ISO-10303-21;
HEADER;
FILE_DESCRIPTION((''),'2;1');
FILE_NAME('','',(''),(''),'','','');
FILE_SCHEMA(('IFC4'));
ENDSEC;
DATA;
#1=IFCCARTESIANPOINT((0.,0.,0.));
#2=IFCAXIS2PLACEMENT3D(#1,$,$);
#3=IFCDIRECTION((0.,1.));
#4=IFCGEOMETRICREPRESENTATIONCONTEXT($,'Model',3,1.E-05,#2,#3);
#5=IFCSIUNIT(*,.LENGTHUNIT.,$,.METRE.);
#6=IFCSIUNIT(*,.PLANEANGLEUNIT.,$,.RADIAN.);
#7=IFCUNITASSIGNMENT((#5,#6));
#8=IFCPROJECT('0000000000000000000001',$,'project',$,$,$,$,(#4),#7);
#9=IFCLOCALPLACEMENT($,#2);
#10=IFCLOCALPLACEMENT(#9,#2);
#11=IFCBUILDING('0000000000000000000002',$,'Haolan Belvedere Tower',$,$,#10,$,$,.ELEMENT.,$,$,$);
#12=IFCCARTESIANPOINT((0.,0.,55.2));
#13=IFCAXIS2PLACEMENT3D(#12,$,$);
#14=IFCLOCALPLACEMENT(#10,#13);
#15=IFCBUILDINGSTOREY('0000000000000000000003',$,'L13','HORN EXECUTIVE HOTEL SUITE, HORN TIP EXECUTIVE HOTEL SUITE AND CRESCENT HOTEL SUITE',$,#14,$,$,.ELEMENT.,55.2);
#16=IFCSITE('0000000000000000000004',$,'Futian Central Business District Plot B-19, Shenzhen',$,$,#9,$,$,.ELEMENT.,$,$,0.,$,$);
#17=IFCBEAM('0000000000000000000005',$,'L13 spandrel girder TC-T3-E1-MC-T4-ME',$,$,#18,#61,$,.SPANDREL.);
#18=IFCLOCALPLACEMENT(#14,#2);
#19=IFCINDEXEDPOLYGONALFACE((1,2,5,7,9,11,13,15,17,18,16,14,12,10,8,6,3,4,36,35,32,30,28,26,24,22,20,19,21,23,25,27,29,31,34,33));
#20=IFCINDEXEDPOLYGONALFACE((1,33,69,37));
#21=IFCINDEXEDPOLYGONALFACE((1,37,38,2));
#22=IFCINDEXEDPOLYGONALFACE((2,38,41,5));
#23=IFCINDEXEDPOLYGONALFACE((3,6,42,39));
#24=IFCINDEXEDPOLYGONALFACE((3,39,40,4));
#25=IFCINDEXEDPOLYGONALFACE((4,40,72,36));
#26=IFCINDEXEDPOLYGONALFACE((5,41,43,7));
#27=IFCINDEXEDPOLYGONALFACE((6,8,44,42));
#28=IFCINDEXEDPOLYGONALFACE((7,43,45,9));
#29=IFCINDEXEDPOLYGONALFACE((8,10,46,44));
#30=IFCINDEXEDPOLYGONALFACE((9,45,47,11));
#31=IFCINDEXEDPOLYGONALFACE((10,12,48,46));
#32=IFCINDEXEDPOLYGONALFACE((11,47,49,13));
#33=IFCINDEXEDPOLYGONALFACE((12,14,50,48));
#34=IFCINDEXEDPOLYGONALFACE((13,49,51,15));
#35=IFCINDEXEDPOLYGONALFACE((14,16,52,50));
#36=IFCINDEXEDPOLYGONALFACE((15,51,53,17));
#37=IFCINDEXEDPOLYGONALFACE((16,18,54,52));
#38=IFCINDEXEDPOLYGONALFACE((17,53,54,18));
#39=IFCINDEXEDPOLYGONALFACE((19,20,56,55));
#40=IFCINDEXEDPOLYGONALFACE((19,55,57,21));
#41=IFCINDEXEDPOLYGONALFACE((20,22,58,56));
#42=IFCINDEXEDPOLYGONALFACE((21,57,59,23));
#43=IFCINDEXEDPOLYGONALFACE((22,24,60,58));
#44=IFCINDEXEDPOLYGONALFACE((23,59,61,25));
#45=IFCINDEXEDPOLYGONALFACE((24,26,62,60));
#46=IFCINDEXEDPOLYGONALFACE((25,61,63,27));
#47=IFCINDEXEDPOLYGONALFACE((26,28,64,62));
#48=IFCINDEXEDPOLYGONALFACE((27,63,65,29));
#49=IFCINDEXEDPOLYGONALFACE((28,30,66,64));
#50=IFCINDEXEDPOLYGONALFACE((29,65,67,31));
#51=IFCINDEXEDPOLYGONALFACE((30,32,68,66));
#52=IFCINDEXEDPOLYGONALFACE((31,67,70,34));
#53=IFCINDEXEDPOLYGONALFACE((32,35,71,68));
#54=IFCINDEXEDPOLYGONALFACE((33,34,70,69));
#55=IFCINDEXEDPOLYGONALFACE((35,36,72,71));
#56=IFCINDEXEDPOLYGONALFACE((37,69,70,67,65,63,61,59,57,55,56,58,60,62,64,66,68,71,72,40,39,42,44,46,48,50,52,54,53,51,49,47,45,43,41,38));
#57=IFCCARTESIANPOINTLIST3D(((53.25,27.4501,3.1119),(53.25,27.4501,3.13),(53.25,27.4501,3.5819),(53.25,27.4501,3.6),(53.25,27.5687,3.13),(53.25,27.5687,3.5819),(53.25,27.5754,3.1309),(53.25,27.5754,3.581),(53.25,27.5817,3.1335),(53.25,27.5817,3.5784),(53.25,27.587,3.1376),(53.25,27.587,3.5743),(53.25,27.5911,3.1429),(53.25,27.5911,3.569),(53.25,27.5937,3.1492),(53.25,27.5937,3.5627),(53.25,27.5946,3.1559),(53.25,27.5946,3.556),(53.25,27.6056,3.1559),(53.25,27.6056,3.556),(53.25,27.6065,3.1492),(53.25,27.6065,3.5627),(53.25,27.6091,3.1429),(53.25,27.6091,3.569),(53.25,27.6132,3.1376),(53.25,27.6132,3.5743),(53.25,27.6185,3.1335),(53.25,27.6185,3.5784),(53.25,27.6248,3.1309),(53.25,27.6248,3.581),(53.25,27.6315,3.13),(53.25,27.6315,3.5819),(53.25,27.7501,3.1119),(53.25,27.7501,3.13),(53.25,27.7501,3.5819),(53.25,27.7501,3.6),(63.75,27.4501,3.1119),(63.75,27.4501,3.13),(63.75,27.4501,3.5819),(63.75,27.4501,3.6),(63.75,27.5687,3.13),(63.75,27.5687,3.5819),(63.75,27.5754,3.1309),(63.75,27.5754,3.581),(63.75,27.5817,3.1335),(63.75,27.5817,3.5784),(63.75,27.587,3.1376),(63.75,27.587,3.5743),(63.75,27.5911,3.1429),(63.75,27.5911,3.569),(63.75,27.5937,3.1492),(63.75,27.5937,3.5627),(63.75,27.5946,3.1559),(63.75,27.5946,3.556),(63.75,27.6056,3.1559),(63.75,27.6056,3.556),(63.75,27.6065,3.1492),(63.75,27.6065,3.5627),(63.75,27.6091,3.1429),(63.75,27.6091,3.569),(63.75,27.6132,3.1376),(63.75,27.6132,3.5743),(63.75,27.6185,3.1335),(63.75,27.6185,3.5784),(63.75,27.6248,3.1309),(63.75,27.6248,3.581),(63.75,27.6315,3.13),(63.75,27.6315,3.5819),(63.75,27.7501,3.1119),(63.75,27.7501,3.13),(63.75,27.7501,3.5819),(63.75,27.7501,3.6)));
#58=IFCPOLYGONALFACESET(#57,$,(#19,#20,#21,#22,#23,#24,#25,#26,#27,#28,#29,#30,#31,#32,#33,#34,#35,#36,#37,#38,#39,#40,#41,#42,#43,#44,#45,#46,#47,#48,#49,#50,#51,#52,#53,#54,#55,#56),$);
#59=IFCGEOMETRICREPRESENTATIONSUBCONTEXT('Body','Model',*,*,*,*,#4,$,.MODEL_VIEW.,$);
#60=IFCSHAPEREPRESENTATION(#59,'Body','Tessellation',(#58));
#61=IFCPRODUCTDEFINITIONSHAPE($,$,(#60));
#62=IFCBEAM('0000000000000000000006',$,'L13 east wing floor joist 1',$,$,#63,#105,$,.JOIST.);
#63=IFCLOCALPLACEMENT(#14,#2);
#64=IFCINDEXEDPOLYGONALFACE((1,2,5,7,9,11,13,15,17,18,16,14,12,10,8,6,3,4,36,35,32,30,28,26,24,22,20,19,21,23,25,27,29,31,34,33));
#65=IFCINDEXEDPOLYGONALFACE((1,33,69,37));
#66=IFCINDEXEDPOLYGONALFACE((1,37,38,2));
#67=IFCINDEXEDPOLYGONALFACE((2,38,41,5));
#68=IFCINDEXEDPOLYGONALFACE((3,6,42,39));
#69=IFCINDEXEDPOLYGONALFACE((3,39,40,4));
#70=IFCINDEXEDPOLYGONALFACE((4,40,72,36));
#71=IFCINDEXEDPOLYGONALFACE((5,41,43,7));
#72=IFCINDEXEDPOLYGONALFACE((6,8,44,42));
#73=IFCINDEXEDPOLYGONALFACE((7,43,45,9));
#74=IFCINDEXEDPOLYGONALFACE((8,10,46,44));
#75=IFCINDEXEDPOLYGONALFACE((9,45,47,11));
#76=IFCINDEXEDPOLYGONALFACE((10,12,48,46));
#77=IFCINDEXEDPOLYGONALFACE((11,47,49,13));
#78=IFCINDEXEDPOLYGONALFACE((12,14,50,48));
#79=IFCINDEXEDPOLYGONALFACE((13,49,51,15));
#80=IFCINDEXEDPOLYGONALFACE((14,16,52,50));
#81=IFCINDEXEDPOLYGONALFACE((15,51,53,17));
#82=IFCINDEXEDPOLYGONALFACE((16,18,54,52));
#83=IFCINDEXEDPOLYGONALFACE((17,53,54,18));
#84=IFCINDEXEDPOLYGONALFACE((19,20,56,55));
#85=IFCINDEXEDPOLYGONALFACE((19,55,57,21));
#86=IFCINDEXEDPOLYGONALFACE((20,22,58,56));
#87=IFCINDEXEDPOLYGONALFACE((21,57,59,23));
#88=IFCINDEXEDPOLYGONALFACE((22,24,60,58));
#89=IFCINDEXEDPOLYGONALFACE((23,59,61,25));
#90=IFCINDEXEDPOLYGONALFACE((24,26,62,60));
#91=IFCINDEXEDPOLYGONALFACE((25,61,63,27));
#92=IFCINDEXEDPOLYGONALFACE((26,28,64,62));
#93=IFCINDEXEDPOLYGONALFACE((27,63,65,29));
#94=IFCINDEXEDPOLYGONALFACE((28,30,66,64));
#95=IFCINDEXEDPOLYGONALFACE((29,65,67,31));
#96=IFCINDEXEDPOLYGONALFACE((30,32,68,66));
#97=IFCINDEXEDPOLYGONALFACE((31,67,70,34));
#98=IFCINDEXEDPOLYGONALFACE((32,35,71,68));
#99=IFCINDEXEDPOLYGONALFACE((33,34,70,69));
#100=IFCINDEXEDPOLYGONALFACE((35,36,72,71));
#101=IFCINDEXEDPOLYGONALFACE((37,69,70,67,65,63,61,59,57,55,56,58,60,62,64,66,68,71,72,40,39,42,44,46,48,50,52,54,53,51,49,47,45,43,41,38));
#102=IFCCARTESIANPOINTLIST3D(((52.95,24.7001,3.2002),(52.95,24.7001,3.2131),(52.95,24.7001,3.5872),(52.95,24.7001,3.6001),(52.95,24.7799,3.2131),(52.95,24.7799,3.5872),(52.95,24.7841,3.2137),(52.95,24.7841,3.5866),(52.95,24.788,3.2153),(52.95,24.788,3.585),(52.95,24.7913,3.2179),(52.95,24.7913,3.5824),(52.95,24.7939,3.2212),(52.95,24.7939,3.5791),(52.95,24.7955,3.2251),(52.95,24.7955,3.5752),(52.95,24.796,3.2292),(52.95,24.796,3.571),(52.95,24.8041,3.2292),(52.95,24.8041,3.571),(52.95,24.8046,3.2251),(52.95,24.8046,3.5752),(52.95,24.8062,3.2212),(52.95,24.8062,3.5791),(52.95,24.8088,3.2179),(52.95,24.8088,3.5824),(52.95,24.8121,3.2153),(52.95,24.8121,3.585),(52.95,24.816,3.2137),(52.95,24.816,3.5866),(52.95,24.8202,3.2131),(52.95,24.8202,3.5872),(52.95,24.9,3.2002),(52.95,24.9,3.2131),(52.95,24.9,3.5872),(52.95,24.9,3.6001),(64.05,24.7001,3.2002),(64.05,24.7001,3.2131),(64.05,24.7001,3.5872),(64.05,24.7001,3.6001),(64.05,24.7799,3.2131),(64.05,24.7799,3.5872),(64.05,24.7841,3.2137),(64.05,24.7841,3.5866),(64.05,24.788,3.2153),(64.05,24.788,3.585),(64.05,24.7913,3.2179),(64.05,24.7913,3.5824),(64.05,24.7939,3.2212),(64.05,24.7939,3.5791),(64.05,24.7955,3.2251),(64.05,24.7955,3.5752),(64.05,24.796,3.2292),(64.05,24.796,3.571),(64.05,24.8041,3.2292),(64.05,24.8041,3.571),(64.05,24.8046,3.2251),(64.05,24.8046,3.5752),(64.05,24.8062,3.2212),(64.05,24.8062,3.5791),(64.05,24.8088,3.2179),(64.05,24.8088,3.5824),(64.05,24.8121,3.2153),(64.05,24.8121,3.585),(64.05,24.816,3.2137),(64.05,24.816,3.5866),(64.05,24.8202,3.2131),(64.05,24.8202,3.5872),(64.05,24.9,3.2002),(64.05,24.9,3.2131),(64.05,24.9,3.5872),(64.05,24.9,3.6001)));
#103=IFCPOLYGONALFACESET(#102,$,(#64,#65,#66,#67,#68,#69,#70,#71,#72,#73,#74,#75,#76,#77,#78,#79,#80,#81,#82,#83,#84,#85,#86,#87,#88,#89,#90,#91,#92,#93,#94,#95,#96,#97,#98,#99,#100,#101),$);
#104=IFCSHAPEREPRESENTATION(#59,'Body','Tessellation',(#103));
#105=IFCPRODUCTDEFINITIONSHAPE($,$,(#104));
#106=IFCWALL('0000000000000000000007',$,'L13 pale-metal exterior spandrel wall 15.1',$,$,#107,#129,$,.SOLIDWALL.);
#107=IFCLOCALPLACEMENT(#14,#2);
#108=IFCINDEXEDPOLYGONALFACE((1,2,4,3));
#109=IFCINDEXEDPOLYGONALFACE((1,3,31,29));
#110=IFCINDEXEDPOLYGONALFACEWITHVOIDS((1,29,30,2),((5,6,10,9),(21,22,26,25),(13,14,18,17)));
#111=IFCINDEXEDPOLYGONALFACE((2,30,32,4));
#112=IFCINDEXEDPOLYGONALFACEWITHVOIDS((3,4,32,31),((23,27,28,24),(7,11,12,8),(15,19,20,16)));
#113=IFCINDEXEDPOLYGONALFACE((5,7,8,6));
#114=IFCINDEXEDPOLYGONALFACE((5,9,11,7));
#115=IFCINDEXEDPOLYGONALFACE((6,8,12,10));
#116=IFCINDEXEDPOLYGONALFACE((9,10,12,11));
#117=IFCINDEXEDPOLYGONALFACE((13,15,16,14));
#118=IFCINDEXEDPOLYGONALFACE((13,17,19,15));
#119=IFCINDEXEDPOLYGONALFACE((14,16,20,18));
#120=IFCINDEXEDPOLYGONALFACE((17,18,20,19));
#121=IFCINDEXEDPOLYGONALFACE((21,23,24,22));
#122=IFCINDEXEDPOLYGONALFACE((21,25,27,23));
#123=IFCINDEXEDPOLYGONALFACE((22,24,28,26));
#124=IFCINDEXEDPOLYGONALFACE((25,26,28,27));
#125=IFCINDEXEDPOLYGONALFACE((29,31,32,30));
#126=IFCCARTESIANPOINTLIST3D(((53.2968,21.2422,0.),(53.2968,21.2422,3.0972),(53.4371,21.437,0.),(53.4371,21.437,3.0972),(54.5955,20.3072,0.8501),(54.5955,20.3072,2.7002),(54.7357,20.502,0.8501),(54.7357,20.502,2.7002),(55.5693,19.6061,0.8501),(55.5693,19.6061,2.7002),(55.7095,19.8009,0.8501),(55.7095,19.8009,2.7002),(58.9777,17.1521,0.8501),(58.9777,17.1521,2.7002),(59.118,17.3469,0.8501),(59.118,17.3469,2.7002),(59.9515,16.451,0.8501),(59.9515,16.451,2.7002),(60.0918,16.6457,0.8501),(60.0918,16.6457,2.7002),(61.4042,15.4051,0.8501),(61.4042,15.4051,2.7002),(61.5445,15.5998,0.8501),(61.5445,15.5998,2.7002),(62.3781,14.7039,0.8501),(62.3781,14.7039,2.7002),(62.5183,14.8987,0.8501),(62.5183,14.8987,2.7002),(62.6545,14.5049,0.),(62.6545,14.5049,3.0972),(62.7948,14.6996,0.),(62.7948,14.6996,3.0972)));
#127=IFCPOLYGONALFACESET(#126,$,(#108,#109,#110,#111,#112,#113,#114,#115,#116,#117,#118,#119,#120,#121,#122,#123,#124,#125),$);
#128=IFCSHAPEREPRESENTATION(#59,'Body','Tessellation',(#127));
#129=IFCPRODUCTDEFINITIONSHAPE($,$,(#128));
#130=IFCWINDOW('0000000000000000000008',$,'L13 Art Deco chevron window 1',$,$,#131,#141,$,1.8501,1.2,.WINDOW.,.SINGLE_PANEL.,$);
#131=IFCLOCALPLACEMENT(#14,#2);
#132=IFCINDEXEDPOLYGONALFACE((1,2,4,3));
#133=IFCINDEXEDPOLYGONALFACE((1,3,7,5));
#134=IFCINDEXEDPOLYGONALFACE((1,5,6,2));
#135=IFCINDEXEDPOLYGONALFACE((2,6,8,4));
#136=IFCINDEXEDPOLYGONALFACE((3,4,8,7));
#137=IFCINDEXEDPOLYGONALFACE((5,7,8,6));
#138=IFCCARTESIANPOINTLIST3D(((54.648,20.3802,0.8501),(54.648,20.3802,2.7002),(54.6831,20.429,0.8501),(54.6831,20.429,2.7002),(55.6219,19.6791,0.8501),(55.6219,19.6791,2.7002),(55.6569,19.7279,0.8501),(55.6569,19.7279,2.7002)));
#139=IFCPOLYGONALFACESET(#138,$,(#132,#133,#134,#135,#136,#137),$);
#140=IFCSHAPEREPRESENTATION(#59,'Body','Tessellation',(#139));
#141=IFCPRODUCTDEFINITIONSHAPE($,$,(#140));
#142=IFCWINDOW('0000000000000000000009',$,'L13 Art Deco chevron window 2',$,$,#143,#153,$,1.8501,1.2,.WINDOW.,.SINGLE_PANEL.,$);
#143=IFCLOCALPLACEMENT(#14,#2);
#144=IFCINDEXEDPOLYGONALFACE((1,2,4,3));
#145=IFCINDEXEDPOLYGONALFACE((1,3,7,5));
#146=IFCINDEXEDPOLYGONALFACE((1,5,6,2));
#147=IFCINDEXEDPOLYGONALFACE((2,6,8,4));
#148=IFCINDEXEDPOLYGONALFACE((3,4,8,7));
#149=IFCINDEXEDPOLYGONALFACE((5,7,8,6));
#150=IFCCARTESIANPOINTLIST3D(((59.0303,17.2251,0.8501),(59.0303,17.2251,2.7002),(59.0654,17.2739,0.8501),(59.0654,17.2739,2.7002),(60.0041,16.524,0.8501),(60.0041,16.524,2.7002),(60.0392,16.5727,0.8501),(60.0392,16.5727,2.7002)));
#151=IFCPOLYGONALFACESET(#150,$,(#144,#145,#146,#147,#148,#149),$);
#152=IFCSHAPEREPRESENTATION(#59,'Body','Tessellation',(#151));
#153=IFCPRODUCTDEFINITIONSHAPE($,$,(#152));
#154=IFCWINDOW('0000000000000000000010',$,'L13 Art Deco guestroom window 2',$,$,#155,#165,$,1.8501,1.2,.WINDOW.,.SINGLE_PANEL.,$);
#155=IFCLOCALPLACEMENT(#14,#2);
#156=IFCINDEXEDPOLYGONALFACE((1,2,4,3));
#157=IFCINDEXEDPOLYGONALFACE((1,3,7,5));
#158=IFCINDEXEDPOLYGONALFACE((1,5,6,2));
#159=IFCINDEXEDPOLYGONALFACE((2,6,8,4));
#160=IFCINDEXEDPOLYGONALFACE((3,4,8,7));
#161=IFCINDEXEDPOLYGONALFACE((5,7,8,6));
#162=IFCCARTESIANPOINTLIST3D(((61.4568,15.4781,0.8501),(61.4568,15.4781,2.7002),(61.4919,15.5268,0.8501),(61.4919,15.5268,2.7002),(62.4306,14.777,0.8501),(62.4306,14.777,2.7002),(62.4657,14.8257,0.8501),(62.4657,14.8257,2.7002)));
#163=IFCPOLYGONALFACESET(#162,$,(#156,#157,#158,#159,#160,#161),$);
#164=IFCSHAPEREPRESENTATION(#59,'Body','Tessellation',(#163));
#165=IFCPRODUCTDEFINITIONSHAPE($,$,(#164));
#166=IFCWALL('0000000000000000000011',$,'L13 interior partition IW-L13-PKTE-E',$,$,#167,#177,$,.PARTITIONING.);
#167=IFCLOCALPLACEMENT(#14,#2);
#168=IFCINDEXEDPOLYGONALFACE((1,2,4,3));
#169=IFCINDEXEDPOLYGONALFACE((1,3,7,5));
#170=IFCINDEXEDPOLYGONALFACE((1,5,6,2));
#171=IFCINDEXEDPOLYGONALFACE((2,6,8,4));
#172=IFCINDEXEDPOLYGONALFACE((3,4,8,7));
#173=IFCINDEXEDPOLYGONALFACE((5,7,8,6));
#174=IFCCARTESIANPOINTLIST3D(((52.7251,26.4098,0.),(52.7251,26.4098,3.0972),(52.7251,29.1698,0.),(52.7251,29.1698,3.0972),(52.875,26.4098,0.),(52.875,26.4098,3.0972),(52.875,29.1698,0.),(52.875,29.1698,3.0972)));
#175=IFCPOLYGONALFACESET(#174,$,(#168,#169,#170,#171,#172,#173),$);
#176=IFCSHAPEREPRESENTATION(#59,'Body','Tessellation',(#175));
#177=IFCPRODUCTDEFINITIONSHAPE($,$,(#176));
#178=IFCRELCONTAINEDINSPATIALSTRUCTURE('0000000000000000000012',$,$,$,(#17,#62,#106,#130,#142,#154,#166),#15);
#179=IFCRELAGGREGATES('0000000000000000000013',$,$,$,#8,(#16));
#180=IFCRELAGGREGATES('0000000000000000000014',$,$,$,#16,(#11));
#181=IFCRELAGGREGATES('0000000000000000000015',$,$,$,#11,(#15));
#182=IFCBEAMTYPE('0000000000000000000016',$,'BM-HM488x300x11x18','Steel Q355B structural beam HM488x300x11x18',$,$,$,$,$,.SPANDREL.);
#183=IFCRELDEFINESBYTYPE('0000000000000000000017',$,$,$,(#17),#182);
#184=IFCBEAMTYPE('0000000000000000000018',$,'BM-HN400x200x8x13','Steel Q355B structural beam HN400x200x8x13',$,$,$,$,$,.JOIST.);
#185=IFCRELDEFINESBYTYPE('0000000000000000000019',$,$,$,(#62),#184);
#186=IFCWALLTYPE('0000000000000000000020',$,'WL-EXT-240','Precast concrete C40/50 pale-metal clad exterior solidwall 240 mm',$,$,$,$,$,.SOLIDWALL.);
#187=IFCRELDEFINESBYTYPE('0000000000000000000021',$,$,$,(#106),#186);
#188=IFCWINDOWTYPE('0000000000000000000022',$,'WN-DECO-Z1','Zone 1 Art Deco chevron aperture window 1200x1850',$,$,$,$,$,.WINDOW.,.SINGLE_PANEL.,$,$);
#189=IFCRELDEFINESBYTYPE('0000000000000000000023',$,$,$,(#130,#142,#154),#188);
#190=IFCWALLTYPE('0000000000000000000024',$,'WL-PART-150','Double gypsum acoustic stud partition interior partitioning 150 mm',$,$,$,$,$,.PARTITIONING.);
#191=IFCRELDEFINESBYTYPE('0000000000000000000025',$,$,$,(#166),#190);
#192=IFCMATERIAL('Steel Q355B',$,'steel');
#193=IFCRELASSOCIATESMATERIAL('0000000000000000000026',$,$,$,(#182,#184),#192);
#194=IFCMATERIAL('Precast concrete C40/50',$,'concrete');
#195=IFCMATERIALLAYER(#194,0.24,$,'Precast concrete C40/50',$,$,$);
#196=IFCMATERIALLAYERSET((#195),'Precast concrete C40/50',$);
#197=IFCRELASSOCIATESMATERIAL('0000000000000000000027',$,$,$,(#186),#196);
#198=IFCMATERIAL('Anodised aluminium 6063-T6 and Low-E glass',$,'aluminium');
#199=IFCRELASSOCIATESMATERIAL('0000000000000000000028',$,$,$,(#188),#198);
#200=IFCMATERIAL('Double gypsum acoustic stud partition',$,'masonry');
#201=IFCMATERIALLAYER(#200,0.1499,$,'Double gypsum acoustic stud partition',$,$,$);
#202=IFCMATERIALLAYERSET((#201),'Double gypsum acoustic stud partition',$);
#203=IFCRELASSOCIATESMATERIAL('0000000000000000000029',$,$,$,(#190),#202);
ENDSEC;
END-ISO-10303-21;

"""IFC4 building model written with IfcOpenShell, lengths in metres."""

from ifc_helpers import new_model, si_unit, direction, frame, frame_2d, origin, origin_2d, place, context, subcontext, project, spatial, rectangle, i_section, extrude, material, layer, layer_set, material_profile, profile_set, type_object, element, fill, save


model = new_model("IFC4")

# Units and contexts
model_context = context("Model", 3, precision=1e-05, world=origin(), true_north=direction((0.0, 1.0)))
body_context = subcontext(model_context, "Body", "Model", "MODEL_VIEW")
ifc_project = project(units=[si_unit("LENGTHUNIT", "METRE"), si_unit("PLANEANGLEUNIT", "RADIAN")], contexts=[model_context])

# Site, building, storey
site_placement = place(None, origin())
site = spatial("IfcSite", under=ifc_project, at=site_placement, Name="Futian Central Business District Plot B-19, Shenzhen", CompositionType="ELEMENT", RefElevation=0.0)
building_placement = place(site_placement, origin())
building = spatial("IfcBuilding", under=site, at=building_placement, Name="Haolan Belvedere Tower", CompositionType="ELEMENT")
storey_placement = place(building_placement, frame((0.0, 0.0, 55.2)))
storey = spatial("IfcBuildingStorey", under=building, at=storey_placement, Name="L13", Description="HORN EXECUTIVE HOTEL SUITE, HORN TIP EXECUTIVE HOTEL SUITE AND CRESCENT HOTEL SUITE", CompositionType="ELEMENT", Elevation=55.2)

# Shared definitions
ifc_material_1 = material(Name="Steel Q355B", Category="steel")

# Beams
ifc_material_profile_1 = material_profile(ifc_material_1, i_section(OverallWidth=0.3, OverallDepth=0.488, WebThickness=0.011, FlangeThickness=0.0181, FilletRadius=0.0259, at=origin_2d()), Name="Steel Q355B")
ifc_profile_set_1 = profile_set([ifc_material_profile_1], Name="Steel Q355B")
beam_type_1 = type_object("IfcBeamType", Name="BM-HM488x300x11x18", Description="Steel Q355B structural beam HM488x300x11x18", PredefinedType="SPANDREL", material=ifc_profile_set_1)
beam_1_placement = place(storey_placement, frame((53.25, 27.6001, 3.356), z_axis=(1.0, 0.0, 0.0), x_axis=(0.0, 1.0, 0.0)))
element("IfcBeam", 1, at=beam_1_placement, inside=storey, type_object=beam_type_1, Name="L13 spandrel girder TC-T3-E1-MC-T4-ME", PredefinedType="SPANDREL", context=body_context, shape_type="SweptSolid", body=[
    extrude(i_section(OverallWidth=0.3, OverallDepth=0.488, WebThickness=0.011, FlangeThickness=0.0181, FilletRadius=0.0259, at=origin_2d()), origin(), (0.0, 0.0, 1.0), 10.5),
])
ifc_material_profile_2 = material_profile(ifc_material_1, i_section(OverallWidth=0.2, OverallDepth=0.3999, WebThickness=0.0081, FlangeThickness=0.0129, FilletRadius=0.0161, at=origin_2d()), Name="Steel Q355B")
ifc_profile_set_2 = profile_set([ifc_material_profile_2], Name="Steel Q355B")
beam_type_2 = type_object("IfcBeamType", Name="BM-HN400x200x8x13", Description="Steel Q355B structural beam HN400x200x8x13", PredefinedType="JOIST", material=ifc_profile_set_2)
beam_2_placement = place(storey_placement, frame((52.95, 24.8, 3.4001), z_axis=(1.0, 0.0, 0.0), x_axis=(0.0, 1.0, 0.0)))
element("IfcBeam", 2, at=beam_2_placement, inside=storey, type_object=beam_type_2, Name="L13 east wing floor joist 1", PredefinedType="JOIST", context=body_context, shape_type="SweptSolid", body=[
    extrude(i_section(OverallWidth=0.2, OverallDepth=0.3999, WebThickness=0.0081, FlangeThickness=0.0129, FilletRadius=0.0161, at=origin_2d()), origin(), (0.0, 0.0, 1.0), 11.1001),
])

# Wall, openings, windows
ifc_material_2 = material(Name="Precast concrete C40/50", Category="concrete")
ifc_layer_1 = layer(ifc_material_2, 0.24, Name="Precast concrete C40/50")
ifc_layer_set_1 = layer_set([ifc_layer_1], Name="Precast concrete C40/50")
wall_type_1 = type_object("IfcWallType", Name="WL-EXT-240", Description="Precast concrete C40/50 pale-metal clad exterior solidwall 240 mm", PredefinedType="SOLIDWALL", material=ifc_layer_set_1)
wall_1_placement = place(storey_placement, frame((53.3669, 21.3396, 0.0), z_axis=(0.0, 0.0, 1.0), x_axis=(0.811543, -0.584292, 0.0)))
wall_1 = element("IfcWall", 3, at=wall_1_placement, inside=storey, type_object=wall_type_1, Name="L13 pale-metal exterior spandrel wall 15.1", PredefinedType="SOLIDWALL", context=body_context, shape_type="SweptSolid", body=[
    extrude(rectangle(XDim=11.5308, YDim=0.24, at=frame_2d((5.7654, 0.0))), origin(), (0.0, 0.0, 1.0), 3.0972),
])
opening_1_placement = place(wall_1_placement, frame((1.6001, 0.0, 0.8501)))
opening_1 = element("IfcOpeningElement", 4, at=opening_1_placement, cuts=wall_1, PredefinedType="OPENING", context=body_context, shape_type="SweptSolid", body=[
    extrude(rectangle(XDim=1.2, YDim=1.8501, at=frame_2d((0.6001, 0.925))), frame((0.0, 0.1299, 0.0), z_axis=(0.0, -1.0, 0.0), x_axis=(1.0, 0.0, 0.0)), (0.0, 0.0, 1.0), 0.26),
])
opening_2_placement = place(wall_1_placement, frame((7.0, 0.0, 0.8501)))
opening_2 = element("IfcOpeningElement", 5, at=opening_2_placement, cuts=wall_1, PredefinedType="OPENING", context=body_context, shape_type="SweptSolid", body=[
    extrude(rectangle(XDim=1.2, YDim=1.8501, at=frame_2d((0.6001, 0.925))), frame((0.0, 0.1299, 0.0), z_axis=(0.0, -1.0, 0.0), x_axis=(1.0, 0.0, 0.0)), (0.0, 0.0, 1.0), 0.26),
])
opening_3_placement = place(wall_1_placement, frame((9.99, 0.0, 0.8501)))
opening_3 = element("IfcOpeningElement", 6, at=opening_3_placement, cuts=wall_1, PredefinedType="OPENING", context=body_context, shape_type="SweptSolid", body=[
    extrude(rectangle(XDim=1.2, YDim=1.8501, at=frame_2d((0.6001, 0.925))), frame((0.0, 0.1299, 0.0), z_axis=(0.0, -1.0, 0.0), x_axis=(1.0, 0.0, 0.0)), (0.0, 0.0, 1.0), 0.26),
])
ifc_material_3 = material(Name="Anodised aluminium 6063-T6 and Low-E glass", Category="aluminium")
window_type = type_object("IfcWindowType", Name="WN-DECO-Z1", Description="Zone 1 Art Deco chevron aperture window 1200x1850", PartitioningType="SINGLE_PANEL", PredefinedType="WINDOW", material=ifc_material_3)
window_1_placement = place(opening_1_placement, origin())
window_1 = element("IfcWindow", 7, at=window_1_placement, inside=storey, type_object=window_type, Name="L13 Art Deco chevron window 1", OverallHeight=1.8501, OverallWidth=1.2, PartitioningType="SINGLE_PANEL", PredefinedType="WINDOW", context=body_context, shape_type="SweptSolid", body=[
    extrude(rectangle(XDim=1.2, YDim=1.8501, at=frame_2d((0.6001, 0.925))), frame((0.0, 0.03, 0.0), z_axis=(0.0, -1.0, 0.0), x_axis=(1.0, 0.0, 0.0)), (0.0, 0.0, 1.0), 0.0601),
])
fill(opening_1, window_1)
window_2_placement = place(opening_2_placement, origin())
window_2 = element("IfcWindow", 8, at=window_2_placement, inside=storey, type_object=window_type, Name="L13 Art Deco chevron window 2", OverallHeight=1.8501, OverallWidth=1.2, PartitioningType="SINGLE_PANEL", PredefinedType="WINDOW", context=body_context, shape_type="SweptSolid", body=[
    extrude(rectangle(XDim=1.2, YDim=1.8501, at=frame_2d((0.6001, 0.925))), frame((0.0, 0.03, 0.0), z_axis=(0.0, -1.0, 0.0), x_axis=(1.0, 0.0, 0.0)), (0.0, 0.0, 1.0), 0.0601),
])
fill(opening_2, window_2)
window_3_placement = place(opening_3_placement, origin())
window_3 = element("IfcWindow", 9, at=window_3_placement, inside=storey, type_object=window_type, Name="L13 Art Deco guestroom window 2", OverallHeight=1.8501, OverallWidth=1.2, PartitioningType="SINGLE_PANEL", PredefinedType="WINDOW", context=body_context, shape_type="SweptSolid", body=[
    extrude(rectangle(XDim=1.2, YDim=1.8501, at=frame_2d((0.6001, 0.925))), frame((0.0, 0.03, 0.0), z_axis=(0.0, -1.0, 0.0), x_axis=(1.0, 0.0, 0.0)), (0.0, 0.0, 1.0), 0.0601),
])
fill(opening_3, window_3)

# Wall
ifc_material_4 = material(Name="Double gypsum acoustic stud partition", Category="masonry")
ifc_layer_2 = layer(ifc_material_4, 0.1499, Name="Double gypsum acoustic stud partition")
ifc_layer_set_2 = layer_set([ifc_layer_2], Name="Double gypsum acoustic stud partition")
wall_type_2 = type_object("IfcWallType", Name="WL-PART-150", Description="Double gypsum acoustic stud partition interior partitioning 150 mm", PredefinedType="PARTITIONING", material=ifc_layer_set_2)
wall_2_placement = place(storey_placement, frame((52.8, 26.4099, 0.0), z_axis=(0.0, 0.0, 1.0), x_axis=(0.0, 1.0, 0.0)))
element("IfcWall", 10, at=wall_2_placement, inside=storey, type_object=wall_type_2, Name="L13 interior partition IW-L13-PKTE-E", PredefinedType="PARTITIONING", context=body_context, shape_type="SweptSolid", body=[
    extrude(rectangle(XDim=2.76, YDim=0.1499, at=frame_2d((1.3799, 0.0))), origin(), (0.0, 0.0, 1.0), 3.0972),
])

save(model, "model.ifc")
